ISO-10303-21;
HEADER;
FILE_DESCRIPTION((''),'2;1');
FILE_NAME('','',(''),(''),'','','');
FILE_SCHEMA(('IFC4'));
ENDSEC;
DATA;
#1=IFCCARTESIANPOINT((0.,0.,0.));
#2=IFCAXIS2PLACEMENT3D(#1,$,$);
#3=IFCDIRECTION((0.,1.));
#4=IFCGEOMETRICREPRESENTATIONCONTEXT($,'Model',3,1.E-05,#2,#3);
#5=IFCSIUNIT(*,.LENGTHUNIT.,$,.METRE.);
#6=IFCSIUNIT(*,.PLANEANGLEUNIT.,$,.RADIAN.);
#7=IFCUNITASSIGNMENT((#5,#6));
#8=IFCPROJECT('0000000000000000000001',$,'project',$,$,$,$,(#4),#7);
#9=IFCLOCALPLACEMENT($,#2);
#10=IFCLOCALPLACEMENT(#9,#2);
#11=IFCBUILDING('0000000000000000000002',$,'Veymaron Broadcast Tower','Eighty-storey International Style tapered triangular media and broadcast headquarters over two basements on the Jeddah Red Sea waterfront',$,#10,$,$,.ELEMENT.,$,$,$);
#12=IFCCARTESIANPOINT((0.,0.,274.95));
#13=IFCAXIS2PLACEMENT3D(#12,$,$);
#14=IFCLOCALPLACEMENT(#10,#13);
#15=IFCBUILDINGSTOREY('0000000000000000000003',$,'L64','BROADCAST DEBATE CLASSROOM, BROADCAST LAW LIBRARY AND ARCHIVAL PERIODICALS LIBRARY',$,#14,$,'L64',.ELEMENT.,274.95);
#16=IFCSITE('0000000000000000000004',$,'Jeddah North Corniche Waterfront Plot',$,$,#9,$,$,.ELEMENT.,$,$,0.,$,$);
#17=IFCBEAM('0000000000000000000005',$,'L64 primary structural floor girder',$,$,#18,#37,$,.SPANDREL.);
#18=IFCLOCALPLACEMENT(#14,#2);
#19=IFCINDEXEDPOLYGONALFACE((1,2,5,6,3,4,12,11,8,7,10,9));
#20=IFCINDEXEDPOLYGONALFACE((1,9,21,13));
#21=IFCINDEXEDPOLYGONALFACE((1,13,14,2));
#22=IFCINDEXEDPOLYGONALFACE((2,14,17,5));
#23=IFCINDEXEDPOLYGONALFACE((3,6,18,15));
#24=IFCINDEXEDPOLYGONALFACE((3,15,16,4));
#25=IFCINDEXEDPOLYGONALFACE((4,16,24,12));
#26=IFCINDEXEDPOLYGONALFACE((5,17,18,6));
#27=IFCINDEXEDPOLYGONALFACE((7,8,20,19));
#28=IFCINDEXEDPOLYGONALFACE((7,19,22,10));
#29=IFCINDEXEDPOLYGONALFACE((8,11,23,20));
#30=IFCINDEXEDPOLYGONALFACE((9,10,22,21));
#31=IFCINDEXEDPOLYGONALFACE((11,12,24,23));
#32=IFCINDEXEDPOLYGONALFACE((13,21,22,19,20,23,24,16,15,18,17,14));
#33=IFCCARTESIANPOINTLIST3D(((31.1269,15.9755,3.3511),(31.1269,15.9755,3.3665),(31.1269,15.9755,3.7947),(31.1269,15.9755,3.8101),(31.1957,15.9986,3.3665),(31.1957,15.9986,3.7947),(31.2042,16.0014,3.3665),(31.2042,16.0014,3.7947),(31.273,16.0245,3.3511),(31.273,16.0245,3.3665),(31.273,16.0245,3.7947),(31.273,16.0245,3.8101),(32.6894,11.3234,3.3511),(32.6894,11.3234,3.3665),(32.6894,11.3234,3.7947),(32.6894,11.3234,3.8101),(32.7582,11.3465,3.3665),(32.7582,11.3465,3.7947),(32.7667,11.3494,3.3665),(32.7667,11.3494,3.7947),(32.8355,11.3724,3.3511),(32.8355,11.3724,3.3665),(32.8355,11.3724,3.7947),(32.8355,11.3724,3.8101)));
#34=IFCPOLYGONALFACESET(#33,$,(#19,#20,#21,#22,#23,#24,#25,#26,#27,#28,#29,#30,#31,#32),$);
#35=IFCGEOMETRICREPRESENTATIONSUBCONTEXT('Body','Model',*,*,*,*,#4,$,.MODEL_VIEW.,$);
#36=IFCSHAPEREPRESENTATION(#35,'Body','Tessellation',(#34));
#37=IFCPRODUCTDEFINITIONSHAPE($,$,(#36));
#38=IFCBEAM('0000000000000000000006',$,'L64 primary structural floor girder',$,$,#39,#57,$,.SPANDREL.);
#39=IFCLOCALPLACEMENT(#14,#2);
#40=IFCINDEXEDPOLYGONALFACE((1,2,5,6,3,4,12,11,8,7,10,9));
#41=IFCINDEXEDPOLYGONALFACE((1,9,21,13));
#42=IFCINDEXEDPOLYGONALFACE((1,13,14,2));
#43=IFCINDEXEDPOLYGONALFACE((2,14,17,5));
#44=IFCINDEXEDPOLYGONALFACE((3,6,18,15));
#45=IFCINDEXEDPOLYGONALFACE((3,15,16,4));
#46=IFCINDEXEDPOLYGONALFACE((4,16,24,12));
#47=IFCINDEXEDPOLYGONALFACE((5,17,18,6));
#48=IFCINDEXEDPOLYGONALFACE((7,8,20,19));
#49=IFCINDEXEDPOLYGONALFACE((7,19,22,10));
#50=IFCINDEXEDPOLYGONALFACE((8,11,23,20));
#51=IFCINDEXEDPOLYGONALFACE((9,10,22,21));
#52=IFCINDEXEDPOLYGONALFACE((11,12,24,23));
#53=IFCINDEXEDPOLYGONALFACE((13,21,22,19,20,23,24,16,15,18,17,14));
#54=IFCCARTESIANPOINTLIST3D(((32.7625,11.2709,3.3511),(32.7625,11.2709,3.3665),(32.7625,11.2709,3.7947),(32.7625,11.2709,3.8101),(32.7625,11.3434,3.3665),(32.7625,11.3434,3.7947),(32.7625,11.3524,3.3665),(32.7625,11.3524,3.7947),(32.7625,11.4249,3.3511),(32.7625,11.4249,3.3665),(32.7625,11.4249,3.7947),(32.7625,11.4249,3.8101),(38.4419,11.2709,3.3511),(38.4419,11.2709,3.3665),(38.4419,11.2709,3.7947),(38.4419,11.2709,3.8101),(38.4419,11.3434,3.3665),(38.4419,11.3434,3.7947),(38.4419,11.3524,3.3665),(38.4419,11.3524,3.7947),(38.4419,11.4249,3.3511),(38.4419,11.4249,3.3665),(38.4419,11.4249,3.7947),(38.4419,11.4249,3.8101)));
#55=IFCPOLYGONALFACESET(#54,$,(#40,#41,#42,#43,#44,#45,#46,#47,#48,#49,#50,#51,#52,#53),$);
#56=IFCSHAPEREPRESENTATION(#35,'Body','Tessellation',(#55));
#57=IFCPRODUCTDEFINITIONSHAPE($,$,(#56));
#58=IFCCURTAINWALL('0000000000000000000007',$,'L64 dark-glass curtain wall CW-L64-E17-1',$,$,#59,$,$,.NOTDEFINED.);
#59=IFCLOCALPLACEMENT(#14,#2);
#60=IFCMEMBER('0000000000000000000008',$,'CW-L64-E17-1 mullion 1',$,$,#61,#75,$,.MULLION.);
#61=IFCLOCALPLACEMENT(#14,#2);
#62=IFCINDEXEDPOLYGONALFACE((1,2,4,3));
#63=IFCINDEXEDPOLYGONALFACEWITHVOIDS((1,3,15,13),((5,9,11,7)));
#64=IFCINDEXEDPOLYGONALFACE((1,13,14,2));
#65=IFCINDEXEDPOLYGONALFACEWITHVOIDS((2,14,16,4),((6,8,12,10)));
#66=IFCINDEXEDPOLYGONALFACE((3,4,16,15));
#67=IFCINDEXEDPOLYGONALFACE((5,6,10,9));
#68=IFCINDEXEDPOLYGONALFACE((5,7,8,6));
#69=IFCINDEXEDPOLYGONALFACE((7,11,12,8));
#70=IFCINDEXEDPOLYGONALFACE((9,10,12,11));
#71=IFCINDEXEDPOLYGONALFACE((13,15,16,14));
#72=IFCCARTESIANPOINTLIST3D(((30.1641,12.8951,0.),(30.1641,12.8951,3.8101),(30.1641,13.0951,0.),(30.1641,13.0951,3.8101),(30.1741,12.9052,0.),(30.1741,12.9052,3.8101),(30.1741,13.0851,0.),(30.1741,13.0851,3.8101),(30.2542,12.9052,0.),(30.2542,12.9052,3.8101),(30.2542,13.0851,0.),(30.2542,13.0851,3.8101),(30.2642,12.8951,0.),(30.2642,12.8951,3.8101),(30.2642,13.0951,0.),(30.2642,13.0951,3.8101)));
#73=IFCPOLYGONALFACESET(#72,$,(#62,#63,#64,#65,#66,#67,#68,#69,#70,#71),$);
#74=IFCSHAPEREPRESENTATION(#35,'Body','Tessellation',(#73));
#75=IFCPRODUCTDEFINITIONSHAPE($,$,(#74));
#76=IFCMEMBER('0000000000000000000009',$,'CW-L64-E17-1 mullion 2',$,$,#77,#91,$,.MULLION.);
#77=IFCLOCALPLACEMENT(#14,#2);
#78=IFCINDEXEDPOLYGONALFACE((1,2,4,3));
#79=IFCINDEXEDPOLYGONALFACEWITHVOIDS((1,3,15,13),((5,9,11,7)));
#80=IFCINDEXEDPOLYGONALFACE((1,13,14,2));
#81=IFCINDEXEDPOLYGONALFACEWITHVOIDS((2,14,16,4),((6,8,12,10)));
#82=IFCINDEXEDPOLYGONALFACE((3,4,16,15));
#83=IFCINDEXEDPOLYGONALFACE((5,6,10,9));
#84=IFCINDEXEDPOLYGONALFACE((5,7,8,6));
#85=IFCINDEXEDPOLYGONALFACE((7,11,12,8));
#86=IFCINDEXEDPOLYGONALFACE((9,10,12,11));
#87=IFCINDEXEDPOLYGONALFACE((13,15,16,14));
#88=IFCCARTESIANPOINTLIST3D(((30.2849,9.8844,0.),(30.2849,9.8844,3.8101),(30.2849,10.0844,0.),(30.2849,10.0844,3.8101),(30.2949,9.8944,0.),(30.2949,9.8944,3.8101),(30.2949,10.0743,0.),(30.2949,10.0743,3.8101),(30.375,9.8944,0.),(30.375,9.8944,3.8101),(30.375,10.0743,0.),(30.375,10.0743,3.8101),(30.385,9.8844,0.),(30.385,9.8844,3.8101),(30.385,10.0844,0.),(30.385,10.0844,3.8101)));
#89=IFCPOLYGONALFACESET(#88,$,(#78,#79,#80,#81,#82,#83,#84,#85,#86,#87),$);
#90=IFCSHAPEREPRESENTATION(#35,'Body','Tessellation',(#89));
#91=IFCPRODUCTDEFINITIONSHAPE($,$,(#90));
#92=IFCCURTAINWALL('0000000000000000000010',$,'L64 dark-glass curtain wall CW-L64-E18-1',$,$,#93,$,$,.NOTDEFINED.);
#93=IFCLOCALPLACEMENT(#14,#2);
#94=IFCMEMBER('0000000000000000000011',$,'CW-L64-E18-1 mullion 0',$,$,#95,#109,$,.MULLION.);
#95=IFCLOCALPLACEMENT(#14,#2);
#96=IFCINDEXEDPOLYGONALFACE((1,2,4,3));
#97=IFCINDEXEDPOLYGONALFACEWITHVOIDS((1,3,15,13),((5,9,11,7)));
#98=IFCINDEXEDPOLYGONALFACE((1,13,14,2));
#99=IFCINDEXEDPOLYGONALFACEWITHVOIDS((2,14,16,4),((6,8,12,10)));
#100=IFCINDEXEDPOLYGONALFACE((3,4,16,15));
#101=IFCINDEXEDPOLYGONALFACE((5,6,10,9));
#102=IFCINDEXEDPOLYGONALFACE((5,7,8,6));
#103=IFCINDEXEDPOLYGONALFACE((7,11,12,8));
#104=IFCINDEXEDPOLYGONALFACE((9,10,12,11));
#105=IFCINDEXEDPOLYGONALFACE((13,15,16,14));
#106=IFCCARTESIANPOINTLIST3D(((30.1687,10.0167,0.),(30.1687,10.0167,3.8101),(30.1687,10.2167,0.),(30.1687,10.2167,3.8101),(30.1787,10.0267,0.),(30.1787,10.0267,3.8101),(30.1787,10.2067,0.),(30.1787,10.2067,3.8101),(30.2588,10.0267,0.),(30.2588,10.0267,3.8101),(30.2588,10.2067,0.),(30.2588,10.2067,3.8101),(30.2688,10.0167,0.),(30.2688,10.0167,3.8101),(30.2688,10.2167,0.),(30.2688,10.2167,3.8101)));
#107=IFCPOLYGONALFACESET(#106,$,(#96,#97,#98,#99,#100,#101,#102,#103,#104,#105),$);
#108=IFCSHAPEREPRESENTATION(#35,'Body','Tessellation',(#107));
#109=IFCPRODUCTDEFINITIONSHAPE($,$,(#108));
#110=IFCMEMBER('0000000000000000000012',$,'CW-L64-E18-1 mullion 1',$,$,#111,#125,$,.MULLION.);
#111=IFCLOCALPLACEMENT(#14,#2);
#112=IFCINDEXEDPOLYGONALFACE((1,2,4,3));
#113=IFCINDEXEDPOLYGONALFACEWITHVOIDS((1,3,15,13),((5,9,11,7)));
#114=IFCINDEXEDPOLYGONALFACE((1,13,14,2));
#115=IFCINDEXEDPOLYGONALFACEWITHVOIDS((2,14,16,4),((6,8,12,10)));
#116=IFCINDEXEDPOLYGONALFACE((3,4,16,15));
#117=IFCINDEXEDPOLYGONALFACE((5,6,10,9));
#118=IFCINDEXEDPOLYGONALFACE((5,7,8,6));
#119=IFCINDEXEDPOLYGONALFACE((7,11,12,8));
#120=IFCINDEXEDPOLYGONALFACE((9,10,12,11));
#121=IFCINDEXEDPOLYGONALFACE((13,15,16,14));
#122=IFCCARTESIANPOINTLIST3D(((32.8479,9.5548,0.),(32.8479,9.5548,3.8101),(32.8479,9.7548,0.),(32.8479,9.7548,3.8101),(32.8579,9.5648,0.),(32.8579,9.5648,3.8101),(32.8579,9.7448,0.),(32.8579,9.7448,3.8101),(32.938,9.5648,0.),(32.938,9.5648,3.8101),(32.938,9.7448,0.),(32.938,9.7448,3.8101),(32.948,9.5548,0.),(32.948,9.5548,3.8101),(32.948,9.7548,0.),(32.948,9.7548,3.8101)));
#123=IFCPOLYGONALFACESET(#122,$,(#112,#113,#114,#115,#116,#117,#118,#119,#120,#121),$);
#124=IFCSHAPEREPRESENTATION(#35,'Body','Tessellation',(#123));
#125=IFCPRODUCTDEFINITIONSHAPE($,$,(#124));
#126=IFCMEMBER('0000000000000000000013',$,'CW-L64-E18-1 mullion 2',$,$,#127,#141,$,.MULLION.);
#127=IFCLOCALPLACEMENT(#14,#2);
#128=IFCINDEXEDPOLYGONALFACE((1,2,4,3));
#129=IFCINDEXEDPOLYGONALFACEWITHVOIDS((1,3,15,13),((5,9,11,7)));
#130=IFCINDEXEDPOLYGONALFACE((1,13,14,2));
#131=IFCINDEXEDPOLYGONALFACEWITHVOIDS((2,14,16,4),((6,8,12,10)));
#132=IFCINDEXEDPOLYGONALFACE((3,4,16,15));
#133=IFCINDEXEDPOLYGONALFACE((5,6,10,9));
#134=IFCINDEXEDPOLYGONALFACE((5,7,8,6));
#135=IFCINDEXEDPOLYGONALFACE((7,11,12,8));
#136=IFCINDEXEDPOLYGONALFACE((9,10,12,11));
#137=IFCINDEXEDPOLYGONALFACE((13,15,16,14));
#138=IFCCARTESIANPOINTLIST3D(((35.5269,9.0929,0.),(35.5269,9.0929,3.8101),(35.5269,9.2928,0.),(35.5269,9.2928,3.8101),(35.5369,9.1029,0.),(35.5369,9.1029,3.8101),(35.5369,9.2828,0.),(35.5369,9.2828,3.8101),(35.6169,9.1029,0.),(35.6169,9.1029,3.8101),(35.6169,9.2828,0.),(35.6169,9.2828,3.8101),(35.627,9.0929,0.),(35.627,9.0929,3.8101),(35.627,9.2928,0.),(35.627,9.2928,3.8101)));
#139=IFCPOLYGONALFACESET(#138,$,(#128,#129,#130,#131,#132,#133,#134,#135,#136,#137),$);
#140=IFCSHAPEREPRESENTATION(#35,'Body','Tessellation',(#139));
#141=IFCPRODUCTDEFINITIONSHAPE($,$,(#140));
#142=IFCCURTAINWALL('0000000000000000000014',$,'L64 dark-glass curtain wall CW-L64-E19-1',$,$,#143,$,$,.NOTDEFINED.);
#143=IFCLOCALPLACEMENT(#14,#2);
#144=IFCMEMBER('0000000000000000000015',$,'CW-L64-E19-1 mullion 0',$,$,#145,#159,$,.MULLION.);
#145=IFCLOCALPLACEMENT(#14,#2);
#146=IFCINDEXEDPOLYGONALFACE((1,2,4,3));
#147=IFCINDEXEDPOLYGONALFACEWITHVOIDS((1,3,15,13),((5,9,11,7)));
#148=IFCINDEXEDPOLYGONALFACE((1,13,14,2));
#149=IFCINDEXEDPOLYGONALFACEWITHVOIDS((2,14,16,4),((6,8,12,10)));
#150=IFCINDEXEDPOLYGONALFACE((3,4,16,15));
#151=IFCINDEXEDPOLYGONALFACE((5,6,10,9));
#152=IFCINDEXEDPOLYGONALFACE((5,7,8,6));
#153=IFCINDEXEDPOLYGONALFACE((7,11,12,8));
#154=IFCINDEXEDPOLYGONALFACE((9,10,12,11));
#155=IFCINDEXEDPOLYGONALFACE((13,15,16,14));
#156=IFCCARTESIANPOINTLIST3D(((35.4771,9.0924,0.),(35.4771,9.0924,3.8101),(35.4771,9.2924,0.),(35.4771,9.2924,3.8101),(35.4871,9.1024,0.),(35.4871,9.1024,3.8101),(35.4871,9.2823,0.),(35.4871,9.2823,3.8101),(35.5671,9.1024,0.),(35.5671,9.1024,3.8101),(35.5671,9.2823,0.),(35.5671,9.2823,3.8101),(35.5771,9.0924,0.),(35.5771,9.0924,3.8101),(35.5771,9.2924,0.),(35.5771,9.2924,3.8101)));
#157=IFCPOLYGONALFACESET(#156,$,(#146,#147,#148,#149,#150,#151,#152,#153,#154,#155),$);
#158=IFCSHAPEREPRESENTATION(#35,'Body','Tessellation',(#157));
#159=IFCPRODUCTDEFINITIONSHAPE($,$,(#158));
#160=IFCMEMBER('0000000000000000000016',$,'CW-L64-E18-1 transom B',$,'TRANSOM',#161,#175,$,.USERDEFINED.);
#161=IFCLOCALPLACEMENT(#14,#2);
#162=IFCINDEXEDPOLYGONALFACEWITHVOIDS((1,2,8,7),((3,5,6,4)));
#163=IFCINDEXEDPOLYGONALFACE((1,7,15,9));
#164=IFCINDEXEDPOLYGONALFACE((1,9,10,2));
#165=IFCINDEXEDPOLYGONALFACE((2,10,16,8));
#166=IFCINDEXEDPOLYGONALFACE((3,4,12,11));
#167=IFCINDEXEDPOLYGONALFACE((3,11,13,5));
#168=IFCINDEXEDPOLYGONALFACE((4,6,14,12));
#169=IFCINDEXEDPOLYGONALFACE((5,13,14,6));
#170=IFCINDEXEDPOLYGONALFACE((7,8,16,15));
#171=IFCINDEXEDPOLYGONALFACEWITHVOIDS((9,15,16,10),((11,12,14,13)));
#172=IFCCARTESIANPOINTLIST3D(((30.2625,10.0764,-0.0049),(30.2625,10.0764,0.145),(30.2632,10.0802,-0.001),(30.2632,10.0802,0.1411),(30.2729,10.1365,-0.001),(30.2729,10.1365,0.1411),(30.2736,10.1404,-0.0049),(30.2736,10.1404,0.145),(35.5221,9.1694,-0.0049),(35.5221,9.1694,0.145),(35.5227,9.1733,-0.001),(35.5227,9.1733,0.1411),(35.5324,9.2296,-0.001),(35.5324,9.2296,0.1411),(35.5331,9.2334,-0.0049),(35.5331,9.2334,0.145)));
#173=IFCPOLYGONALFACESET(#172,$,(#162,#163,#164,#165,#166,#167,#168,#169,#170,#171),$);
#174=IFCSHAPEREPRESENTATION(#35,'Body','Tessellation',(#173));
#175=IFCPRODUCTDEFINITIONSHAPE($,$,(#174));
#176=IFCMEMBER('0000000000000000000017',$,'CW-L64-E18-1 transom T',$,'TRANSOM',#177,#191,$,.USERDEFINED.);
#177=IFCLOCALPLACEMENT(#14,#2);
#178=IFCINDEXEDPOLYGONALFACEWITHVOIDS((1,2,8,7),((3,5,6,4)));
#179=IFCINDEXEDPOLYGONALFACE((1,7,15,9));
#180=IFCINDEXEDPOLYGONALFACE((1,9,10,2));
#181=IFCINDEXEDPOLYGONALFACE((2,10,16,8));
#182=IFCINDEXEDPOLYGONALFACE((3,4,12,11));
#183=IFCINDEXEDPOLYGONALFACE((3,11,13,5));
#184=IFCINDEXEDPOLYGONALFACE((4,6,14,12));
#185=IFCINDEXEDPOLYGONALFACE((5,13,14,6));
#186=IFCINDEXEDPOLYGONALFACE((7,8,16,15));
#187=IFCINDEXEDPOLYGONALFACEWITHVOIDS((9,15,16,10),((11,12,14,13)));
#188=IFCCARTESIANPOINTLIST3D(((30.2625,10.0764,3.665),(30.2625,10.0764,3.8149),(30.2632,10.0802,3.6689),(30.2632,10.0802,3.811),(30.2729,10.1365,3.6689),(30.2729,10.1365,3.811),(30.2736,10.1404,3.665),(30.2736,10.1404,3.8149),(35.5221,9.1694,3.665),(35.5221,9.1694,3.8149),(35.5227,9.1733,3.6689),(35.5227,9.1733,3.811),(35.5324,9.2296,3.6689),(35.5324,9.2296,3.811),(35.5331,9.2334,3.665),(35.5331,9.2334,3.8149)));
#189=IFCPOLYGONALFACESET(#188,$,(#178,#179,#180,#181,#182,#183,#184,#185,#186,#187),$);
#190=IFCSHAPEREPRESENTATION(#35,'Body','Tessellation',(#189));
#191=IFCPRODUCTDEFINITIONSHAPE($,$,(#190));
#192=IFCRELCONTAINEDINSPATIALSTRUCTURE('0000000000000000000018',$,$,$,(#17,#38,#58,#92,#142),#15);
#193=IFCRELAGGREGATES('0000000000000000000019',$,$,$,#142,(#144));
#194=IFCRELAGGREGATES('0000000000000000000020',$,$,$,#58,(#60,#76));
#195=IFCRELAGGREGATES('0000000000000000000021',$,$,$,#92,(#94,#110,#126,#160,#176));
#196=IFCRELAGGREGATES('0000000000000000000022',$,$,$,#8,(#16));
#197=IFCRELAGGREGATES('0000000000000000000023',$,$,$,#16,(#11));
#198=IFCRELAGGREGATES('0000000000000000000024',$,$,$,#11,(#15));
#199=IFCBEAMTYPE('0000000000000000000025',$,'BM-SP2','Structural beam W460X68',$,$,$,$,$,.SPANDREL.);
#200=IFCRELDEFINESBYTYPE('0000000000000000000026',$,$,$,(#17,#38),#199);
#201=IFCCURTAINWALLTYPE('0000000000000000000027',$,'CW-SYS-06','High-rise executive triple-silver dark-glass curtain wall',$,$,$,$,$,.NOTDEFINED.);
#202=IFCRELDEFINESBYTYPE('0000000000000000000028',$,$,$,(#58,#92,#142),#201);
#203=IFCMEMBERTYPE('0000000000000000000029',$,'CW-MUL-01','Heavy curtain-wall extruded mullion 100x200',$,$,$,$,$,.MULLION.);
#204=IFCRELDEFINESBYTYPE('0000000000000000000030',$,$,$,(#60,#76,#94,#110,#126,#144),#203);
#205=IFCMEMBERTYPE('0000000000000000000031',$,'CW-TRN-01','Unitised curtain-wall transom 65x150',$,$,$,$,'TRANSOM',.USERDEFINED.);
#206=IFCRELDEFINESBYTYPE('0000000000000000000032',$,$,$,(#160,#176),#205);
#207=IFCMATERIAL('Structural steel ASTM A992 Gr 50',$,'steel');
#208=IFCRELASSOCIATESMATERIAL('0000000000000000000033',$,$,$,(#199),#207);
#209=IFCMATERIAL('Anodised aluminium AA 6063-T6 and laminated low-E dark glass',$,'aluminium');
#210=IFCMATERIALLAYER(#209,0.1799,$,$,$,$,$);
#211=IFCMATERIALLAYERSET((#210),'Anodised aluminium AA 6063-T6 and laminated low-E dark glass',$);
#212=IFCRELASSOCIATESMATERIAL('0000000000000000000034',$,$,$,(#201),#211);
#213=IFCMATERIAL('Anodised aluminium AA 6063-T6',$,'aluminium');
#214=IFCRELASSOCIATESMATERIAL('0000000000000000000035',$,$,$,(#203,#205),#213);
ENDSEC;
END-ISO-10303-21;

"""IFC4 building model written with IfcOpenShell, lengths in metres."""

from ifc_helpers import new_model, si_unit, direction, frame, origin, origin_2d, place, context, subcontext, project, spatial, hollow_rectangle, i_section, extrude, material, layer, layer_set, material_profile, profile_set, type_object, element, aggregate, save


model = new_model("IFC4")

# Units and contexts
model_context = context("Model", 3, precision=1e-05, world=origin(), true_north=direction((0.0, 1.0)))
body_context = subcontext(model_context, "Body", "Model", "MODEL_VIEW")
ifc_project = project(units=[si_unit("LENGTHUNIT", "METRE"), si_unit("PLANEANGLEUNIT", "RADIAN")], contexts=[model_context])

# Site, building, storey
site_placement = place(None, origin())
site = spatial("IfcSite", under=ifc_project, at=site_placement, Name="Jeddah North Corniche Waterfront Plot", CompositionType="ELEMENT", RefElevation=0.0)
building_placement = place(site_placement, origin())
building = spatial("IfcBuilding", under=site, at=building_placement, Name="Veymaron Broadcast Tower", Description="Eighty-storey International Style tapered triangular media and broadcast headquarters over two basements on the Jeddah Red Sea waterfront", CompositionType="ELEMENT")
storey_placement = place(building_placement, frame((0.0, 0.0, 274.95)))
storey = spatial("IfcBuildingStorey", under=building, at=storey_placement, Name="L64", Description="BROADCAST DEBATE CLASSROOM, BROADCAST LAW LIBRARY AND ARCHIVAL PERIODICALS LIBRARY", LongName="L64", CompositionType="ELEMENT", Elevation=274.95)

# Shared definitions
ifc_material_1 = material(Name="Structural steel ASTM A992 Gr 50", Category="steel")

# Beams
ifc_material_profile_1 = material_profile(ifc_material_1, i_section(OverallWidth=0.1541, OverallDepth=0.459, WebThickness=0.009, FlangeThickness=0.0154, at=origin_2d()), Name="W460X68")
ifc_profile_set_1 = profile_set([ifc_material_profile_1], Name="Structural steel ASTM A992 Gr 50")
beam_type_1 = type_object("IfcBeamType", Name="BM-SP2", Description="Structural beam W460X68", PredefinedType="SPANDREL", material=ifc_profile_set_1)
beam_1_placement = place(storey_placement, frame((31.2, 16.0, 3.5806), z_axis=(0.318391, -0.947959, 0.0), x_axis=(0.947959, 0.318391, 0.0)))
element("IfcBeam", 1, at=beam_1_placement, inside=storey, type_object=beam_type_1, Name="L64 primary structural floor girder", PredefinedType="SPANDREL", context=body_context, shape_type="SweptSolid", body=[
    extrude(i_section(OverallWidth=0.1541, OverallDepth=0.459, WebThickness=0.009, FlangeThickness=0.0154, at=origin_2d()), origin(), (0.0, 0.0, 1.0), 4.9075),
])
beam_2_placement = place(storey_placement, frame((32.7625, 11.3479, 3.5806), z_axis=(1.0, 0.0, 0.0), x_axis=(0.0, 1.0, 0.0)))
element("IfcBeam", 2, at=beam_2_placement, inside=storey, type_object=beam_type_1, Name="L64 primary structural floor girder", PredefinedType="SPANDREL", context=body_context, shape_type="SweptSolid", body=[
    extrude(i_section(OverallWidth=0.1541, OverallDepth=0.459, WebThickness=0.009, FlangeThickness=0.0154, at=origin_2d()), origin(), (0.0, 0.0, 1.0), 5.6794),
])

# Curtain walls, members
ifc_material_2 = material(Name="Anodised aluminium AA 6063-T6 and laminated low-E dark glass", Category="aluminium")
ifc_layer_1 = layer(ifc_material_2, 0.1799)
ifc_layer_set_1 = layer_set([ifc_layer_1], Name="Anodised aluminium AA 6063-T6 and laminated low-E dark glass")
curtain_wall_type = type_object("IfcCurtainWallType", Name="CW-SYS-06", Description="High-rise executive triple-silver dark-glass curtain wall", PredefinedType="NOTDEFINED", material=ifc_layer_set_1)
curtain_wall_1_placement = place(storey_placement, origin())
curtain_wall_1 = element("IfcCurtainWall", 3, at=curtain_wall_1_placement, inside=storey, type_object=curtain_wall_type, Name="L64 dark-glass curtain wall CW-L64-E17-1", PredefinedType="NOTDEFINED")
ifc_material_3 = material(Name="Anodised aluminium AA 6063-T6", Category="aluminium")
ifc_material_profile_2 = material_profile(ifc_material_3, hollow_rectangle(XDim=0.1001, YDim=0.2, WallThickness=0.01, at=origin_2d()), Name="RHS200X100X10")
ifc_profile_set_2 = profile_set([ifc_material_profile_2], Name="Anodised aluminium AA 6063-T6")
member_type_1 = type_object("IfcMemberType", Name="CW-MUL-01", Description="Heavy curtain-wall extruded mullion 100x200", PredefinedType="MULLION", material=ifc_profile_set_2)
member_1_placement = place(storey_placement, frame((30.2141, 12.9951, 0.0), z_axis=(0.0, 0.0, 1.0), x_axis=(1.0, 0.0, 0.0)))
member_1 = element("IfcMember", 4, at=member_1_placement, type_object=member_type_1, Name="CW-L64-E17-1 mullion 1", PredefinedType="MULLION", context=body_context, shape_type="SweptSolid", body=[
    extrude(hollow_rectangle(XDim=0.1001, YDim=0.2, WallThickness=0.01, at=origin_2d()), origin(), (0.0, 0.0, 1.0), 3.8101),
])
member_2_placement = place(storey_placement, frame((30.335, 9.9844, 0.0), z_axis=(0.0, 0.0, 1.0), x_axis=(1.0, 0.0, 0.0)))
member_2 = element("IfcMember", 5, at=member_2_placement, type_object=member_type_1, Name="CW-L64-E17-1 mullion 2", PredefinedType="MULLION", context=body_context, shape_type="SweptSolid", body=[
    extrude(hollow_rectangle(XDim=0.1001, YDim=0.2, WallThickness=0.01, at=origin_2d()), origin(), (0.0, 0.0, 1.0), 3.8101),
])
curtain_wall_2_placement = place(storey_placement, origin())
curtain_wall_2 = element("IfcCurtainWall", 6, at=curtain_wall_2_placement, inside=storey, type_object=curtain_wall_type, Name="L64 dark-glass curtain wall CW-L64-E18-1", PredefinedType="NOTDEFINED")
member_3_placement = place(storey_placement, frame((30.2188, 10.1167, 0.0), z_axis=(0.0, 0.0, 1.0), x_axis=(1.0, 0.0, 0.0)))
member_3 = element("IfcMember", 7, at=member_3_placement, type_object=member_type_1, Name="CW-L64-E18-1 mullion 0", PredefinedType="MULLION", context=body_context, shape_type="SweptSolid", body=[
    extrude(hollow_rectangle(XDim=0.1001, YDim=0.2, WallThickness=0.01, at=origin_2d()), origin(), (0.0, 0.0, 1.0), 3.8101),
])
member_4_placement = place(storey_placement, frame((32.8979, 9.6548, 0.0), z_axis=(0.0, 0.0, 1.0), x_axis=(1.0, 0.0, 0.0)))
member_4 = element("IfcMember", 8, at=member_4_placement, type_object=member_type_1, Name="CW-L64-E18-1 mullion 1", PredefinedType="MULLION", context=body_context, shape_type="SweptSolid", body=[
    extrude(hollow_rectangle(XDim=0.1001, YDim=0.2, WallThickness=0.01, at=origin_2d()), origin(), (0.0, 0.0, 1.0), 3.8101),
])
member_5_placement = place(storey_placement, frame((35.5769, 9.1929, 0.0), z_axis=(0.0, 0.0, 1.0), x_axis=(1.0, 0.0, 0.0)))
member_5 = element("IfcMember", 9, at=member_5_placement, type_object=member_type_1, Name="CW-L64-E18-1 mullion 2", PredefinedType="MULLION", context=body_context, shape_type="SweptSolid", body=[
    extrude(hollow_rectangle(XDim=0.1001, YDim=0.2, WallThickness=0.01, at=origin_2d()), origin(), (0.0, 0.0, 1.0), 3.8101),
])

# Curtain wall, member
curtain_wall_3_placement = place(storey_placement, origin())
curtain_wall_3 = element("IfcCurtainWall", 10, at=curtain_wall_3_placement, inside=storey, type_object=curtain_wall_type, Name="L64 dark-glass curtain wall CW-L64-E19-1", PredefinedType="NOTDEFINED")
member_6_placement = place(storey_placement, frame((35.5271, 9.1924, 0.0), z_axis=(0.0, 0.0, 1.0), x_axis=(1.0, 0.0, 0.0)))
member_6 = element("IfcMember", 11, at=member_6_placement, type_object=member_type_1, Name="CW-L64-E19-1 mullion 0", PredefinedType="MULLION", context=body_context, shape_type="SweptSolid", body=[
    extrude(hollow_rectangle(XDim=0.1001, YDim=0.2, WallThickness=0.01, at=origin_2d()), origin(), (0.0, 0.0, 1.0), 3.8101),
])

# Members
ifc_material_profile_3 = material_profile(ifc_material_3, hollow_rectangle(XDim=0.0649, YDim=0.1499, WallThickness=0.0039, at=origin_2d()), Name="AL150X65X4")
ifc_profile_set_3 = profile_set([ifc_material_profile_3], Name="Anodised aluminium AA 6063-T6")
member_type_2 = type_object("IfcMemberType", Name="CW-TRN-01", Description="Unitised curtain-wall transom 65x150", ElementType="TRANSOM", PredefinedType="USERDEFINED", material=ifc_profile_set_3)
member_7_placement = place(storey_placement, frame((30.2681, 10.1084, 0.0701), z_axis=(0.985455, -0.169938, 0.0), x_axis=(0.169938, 0.985455, 0.0)))
member_7 = element("IfcMember", 12, at=member_7_placement, type_object=member_type_2, Name="CW-L64-E18-1 transom B", ObjectType="TRANSOM", PredefinedType="USERDEFINED", context=body_context, shape_type="SweptSolid", body=[
    extrude(hollow_rectangle(XDim=0.0649, YDim=0.1499, WallThickness=0.0039, at=origin_2d()), origin(), (0.0, 0.0, 1.0), 5.3372),
])
member_8_placement = place(storey_placement, frame((30.2681, 10.1084, 3.74), z_axis=(0.985455, -0.169938, 0.0), x_axis=(0.169938, 0.985455, 0.0)))
member_8 = element("IfcMember", 13, at=member_8_placement, type_object=member_type_2, Name="CW-L64-E18-1 transom T", ObjectType="TRANSOM", PredefinedType="USERDEFINED", context=body_context, shape_type="SweptSolid", body=[
    extrude(hollow_rectangle(XDim=0.0649, YDim=0.1499, WallThickness=0.0039, at=origin_2d()), origin(), (0.0, 0.0, 1.0), 5.3372),
])
aggregate(curtain_wall_3, [member_6])

aggregate(curtain_wall_1, [member_1, member_2])
aggregate(curtain_wall_2, [member_3, member_4, member_5, member_7, member_8])

save(model, "model.ifc")
